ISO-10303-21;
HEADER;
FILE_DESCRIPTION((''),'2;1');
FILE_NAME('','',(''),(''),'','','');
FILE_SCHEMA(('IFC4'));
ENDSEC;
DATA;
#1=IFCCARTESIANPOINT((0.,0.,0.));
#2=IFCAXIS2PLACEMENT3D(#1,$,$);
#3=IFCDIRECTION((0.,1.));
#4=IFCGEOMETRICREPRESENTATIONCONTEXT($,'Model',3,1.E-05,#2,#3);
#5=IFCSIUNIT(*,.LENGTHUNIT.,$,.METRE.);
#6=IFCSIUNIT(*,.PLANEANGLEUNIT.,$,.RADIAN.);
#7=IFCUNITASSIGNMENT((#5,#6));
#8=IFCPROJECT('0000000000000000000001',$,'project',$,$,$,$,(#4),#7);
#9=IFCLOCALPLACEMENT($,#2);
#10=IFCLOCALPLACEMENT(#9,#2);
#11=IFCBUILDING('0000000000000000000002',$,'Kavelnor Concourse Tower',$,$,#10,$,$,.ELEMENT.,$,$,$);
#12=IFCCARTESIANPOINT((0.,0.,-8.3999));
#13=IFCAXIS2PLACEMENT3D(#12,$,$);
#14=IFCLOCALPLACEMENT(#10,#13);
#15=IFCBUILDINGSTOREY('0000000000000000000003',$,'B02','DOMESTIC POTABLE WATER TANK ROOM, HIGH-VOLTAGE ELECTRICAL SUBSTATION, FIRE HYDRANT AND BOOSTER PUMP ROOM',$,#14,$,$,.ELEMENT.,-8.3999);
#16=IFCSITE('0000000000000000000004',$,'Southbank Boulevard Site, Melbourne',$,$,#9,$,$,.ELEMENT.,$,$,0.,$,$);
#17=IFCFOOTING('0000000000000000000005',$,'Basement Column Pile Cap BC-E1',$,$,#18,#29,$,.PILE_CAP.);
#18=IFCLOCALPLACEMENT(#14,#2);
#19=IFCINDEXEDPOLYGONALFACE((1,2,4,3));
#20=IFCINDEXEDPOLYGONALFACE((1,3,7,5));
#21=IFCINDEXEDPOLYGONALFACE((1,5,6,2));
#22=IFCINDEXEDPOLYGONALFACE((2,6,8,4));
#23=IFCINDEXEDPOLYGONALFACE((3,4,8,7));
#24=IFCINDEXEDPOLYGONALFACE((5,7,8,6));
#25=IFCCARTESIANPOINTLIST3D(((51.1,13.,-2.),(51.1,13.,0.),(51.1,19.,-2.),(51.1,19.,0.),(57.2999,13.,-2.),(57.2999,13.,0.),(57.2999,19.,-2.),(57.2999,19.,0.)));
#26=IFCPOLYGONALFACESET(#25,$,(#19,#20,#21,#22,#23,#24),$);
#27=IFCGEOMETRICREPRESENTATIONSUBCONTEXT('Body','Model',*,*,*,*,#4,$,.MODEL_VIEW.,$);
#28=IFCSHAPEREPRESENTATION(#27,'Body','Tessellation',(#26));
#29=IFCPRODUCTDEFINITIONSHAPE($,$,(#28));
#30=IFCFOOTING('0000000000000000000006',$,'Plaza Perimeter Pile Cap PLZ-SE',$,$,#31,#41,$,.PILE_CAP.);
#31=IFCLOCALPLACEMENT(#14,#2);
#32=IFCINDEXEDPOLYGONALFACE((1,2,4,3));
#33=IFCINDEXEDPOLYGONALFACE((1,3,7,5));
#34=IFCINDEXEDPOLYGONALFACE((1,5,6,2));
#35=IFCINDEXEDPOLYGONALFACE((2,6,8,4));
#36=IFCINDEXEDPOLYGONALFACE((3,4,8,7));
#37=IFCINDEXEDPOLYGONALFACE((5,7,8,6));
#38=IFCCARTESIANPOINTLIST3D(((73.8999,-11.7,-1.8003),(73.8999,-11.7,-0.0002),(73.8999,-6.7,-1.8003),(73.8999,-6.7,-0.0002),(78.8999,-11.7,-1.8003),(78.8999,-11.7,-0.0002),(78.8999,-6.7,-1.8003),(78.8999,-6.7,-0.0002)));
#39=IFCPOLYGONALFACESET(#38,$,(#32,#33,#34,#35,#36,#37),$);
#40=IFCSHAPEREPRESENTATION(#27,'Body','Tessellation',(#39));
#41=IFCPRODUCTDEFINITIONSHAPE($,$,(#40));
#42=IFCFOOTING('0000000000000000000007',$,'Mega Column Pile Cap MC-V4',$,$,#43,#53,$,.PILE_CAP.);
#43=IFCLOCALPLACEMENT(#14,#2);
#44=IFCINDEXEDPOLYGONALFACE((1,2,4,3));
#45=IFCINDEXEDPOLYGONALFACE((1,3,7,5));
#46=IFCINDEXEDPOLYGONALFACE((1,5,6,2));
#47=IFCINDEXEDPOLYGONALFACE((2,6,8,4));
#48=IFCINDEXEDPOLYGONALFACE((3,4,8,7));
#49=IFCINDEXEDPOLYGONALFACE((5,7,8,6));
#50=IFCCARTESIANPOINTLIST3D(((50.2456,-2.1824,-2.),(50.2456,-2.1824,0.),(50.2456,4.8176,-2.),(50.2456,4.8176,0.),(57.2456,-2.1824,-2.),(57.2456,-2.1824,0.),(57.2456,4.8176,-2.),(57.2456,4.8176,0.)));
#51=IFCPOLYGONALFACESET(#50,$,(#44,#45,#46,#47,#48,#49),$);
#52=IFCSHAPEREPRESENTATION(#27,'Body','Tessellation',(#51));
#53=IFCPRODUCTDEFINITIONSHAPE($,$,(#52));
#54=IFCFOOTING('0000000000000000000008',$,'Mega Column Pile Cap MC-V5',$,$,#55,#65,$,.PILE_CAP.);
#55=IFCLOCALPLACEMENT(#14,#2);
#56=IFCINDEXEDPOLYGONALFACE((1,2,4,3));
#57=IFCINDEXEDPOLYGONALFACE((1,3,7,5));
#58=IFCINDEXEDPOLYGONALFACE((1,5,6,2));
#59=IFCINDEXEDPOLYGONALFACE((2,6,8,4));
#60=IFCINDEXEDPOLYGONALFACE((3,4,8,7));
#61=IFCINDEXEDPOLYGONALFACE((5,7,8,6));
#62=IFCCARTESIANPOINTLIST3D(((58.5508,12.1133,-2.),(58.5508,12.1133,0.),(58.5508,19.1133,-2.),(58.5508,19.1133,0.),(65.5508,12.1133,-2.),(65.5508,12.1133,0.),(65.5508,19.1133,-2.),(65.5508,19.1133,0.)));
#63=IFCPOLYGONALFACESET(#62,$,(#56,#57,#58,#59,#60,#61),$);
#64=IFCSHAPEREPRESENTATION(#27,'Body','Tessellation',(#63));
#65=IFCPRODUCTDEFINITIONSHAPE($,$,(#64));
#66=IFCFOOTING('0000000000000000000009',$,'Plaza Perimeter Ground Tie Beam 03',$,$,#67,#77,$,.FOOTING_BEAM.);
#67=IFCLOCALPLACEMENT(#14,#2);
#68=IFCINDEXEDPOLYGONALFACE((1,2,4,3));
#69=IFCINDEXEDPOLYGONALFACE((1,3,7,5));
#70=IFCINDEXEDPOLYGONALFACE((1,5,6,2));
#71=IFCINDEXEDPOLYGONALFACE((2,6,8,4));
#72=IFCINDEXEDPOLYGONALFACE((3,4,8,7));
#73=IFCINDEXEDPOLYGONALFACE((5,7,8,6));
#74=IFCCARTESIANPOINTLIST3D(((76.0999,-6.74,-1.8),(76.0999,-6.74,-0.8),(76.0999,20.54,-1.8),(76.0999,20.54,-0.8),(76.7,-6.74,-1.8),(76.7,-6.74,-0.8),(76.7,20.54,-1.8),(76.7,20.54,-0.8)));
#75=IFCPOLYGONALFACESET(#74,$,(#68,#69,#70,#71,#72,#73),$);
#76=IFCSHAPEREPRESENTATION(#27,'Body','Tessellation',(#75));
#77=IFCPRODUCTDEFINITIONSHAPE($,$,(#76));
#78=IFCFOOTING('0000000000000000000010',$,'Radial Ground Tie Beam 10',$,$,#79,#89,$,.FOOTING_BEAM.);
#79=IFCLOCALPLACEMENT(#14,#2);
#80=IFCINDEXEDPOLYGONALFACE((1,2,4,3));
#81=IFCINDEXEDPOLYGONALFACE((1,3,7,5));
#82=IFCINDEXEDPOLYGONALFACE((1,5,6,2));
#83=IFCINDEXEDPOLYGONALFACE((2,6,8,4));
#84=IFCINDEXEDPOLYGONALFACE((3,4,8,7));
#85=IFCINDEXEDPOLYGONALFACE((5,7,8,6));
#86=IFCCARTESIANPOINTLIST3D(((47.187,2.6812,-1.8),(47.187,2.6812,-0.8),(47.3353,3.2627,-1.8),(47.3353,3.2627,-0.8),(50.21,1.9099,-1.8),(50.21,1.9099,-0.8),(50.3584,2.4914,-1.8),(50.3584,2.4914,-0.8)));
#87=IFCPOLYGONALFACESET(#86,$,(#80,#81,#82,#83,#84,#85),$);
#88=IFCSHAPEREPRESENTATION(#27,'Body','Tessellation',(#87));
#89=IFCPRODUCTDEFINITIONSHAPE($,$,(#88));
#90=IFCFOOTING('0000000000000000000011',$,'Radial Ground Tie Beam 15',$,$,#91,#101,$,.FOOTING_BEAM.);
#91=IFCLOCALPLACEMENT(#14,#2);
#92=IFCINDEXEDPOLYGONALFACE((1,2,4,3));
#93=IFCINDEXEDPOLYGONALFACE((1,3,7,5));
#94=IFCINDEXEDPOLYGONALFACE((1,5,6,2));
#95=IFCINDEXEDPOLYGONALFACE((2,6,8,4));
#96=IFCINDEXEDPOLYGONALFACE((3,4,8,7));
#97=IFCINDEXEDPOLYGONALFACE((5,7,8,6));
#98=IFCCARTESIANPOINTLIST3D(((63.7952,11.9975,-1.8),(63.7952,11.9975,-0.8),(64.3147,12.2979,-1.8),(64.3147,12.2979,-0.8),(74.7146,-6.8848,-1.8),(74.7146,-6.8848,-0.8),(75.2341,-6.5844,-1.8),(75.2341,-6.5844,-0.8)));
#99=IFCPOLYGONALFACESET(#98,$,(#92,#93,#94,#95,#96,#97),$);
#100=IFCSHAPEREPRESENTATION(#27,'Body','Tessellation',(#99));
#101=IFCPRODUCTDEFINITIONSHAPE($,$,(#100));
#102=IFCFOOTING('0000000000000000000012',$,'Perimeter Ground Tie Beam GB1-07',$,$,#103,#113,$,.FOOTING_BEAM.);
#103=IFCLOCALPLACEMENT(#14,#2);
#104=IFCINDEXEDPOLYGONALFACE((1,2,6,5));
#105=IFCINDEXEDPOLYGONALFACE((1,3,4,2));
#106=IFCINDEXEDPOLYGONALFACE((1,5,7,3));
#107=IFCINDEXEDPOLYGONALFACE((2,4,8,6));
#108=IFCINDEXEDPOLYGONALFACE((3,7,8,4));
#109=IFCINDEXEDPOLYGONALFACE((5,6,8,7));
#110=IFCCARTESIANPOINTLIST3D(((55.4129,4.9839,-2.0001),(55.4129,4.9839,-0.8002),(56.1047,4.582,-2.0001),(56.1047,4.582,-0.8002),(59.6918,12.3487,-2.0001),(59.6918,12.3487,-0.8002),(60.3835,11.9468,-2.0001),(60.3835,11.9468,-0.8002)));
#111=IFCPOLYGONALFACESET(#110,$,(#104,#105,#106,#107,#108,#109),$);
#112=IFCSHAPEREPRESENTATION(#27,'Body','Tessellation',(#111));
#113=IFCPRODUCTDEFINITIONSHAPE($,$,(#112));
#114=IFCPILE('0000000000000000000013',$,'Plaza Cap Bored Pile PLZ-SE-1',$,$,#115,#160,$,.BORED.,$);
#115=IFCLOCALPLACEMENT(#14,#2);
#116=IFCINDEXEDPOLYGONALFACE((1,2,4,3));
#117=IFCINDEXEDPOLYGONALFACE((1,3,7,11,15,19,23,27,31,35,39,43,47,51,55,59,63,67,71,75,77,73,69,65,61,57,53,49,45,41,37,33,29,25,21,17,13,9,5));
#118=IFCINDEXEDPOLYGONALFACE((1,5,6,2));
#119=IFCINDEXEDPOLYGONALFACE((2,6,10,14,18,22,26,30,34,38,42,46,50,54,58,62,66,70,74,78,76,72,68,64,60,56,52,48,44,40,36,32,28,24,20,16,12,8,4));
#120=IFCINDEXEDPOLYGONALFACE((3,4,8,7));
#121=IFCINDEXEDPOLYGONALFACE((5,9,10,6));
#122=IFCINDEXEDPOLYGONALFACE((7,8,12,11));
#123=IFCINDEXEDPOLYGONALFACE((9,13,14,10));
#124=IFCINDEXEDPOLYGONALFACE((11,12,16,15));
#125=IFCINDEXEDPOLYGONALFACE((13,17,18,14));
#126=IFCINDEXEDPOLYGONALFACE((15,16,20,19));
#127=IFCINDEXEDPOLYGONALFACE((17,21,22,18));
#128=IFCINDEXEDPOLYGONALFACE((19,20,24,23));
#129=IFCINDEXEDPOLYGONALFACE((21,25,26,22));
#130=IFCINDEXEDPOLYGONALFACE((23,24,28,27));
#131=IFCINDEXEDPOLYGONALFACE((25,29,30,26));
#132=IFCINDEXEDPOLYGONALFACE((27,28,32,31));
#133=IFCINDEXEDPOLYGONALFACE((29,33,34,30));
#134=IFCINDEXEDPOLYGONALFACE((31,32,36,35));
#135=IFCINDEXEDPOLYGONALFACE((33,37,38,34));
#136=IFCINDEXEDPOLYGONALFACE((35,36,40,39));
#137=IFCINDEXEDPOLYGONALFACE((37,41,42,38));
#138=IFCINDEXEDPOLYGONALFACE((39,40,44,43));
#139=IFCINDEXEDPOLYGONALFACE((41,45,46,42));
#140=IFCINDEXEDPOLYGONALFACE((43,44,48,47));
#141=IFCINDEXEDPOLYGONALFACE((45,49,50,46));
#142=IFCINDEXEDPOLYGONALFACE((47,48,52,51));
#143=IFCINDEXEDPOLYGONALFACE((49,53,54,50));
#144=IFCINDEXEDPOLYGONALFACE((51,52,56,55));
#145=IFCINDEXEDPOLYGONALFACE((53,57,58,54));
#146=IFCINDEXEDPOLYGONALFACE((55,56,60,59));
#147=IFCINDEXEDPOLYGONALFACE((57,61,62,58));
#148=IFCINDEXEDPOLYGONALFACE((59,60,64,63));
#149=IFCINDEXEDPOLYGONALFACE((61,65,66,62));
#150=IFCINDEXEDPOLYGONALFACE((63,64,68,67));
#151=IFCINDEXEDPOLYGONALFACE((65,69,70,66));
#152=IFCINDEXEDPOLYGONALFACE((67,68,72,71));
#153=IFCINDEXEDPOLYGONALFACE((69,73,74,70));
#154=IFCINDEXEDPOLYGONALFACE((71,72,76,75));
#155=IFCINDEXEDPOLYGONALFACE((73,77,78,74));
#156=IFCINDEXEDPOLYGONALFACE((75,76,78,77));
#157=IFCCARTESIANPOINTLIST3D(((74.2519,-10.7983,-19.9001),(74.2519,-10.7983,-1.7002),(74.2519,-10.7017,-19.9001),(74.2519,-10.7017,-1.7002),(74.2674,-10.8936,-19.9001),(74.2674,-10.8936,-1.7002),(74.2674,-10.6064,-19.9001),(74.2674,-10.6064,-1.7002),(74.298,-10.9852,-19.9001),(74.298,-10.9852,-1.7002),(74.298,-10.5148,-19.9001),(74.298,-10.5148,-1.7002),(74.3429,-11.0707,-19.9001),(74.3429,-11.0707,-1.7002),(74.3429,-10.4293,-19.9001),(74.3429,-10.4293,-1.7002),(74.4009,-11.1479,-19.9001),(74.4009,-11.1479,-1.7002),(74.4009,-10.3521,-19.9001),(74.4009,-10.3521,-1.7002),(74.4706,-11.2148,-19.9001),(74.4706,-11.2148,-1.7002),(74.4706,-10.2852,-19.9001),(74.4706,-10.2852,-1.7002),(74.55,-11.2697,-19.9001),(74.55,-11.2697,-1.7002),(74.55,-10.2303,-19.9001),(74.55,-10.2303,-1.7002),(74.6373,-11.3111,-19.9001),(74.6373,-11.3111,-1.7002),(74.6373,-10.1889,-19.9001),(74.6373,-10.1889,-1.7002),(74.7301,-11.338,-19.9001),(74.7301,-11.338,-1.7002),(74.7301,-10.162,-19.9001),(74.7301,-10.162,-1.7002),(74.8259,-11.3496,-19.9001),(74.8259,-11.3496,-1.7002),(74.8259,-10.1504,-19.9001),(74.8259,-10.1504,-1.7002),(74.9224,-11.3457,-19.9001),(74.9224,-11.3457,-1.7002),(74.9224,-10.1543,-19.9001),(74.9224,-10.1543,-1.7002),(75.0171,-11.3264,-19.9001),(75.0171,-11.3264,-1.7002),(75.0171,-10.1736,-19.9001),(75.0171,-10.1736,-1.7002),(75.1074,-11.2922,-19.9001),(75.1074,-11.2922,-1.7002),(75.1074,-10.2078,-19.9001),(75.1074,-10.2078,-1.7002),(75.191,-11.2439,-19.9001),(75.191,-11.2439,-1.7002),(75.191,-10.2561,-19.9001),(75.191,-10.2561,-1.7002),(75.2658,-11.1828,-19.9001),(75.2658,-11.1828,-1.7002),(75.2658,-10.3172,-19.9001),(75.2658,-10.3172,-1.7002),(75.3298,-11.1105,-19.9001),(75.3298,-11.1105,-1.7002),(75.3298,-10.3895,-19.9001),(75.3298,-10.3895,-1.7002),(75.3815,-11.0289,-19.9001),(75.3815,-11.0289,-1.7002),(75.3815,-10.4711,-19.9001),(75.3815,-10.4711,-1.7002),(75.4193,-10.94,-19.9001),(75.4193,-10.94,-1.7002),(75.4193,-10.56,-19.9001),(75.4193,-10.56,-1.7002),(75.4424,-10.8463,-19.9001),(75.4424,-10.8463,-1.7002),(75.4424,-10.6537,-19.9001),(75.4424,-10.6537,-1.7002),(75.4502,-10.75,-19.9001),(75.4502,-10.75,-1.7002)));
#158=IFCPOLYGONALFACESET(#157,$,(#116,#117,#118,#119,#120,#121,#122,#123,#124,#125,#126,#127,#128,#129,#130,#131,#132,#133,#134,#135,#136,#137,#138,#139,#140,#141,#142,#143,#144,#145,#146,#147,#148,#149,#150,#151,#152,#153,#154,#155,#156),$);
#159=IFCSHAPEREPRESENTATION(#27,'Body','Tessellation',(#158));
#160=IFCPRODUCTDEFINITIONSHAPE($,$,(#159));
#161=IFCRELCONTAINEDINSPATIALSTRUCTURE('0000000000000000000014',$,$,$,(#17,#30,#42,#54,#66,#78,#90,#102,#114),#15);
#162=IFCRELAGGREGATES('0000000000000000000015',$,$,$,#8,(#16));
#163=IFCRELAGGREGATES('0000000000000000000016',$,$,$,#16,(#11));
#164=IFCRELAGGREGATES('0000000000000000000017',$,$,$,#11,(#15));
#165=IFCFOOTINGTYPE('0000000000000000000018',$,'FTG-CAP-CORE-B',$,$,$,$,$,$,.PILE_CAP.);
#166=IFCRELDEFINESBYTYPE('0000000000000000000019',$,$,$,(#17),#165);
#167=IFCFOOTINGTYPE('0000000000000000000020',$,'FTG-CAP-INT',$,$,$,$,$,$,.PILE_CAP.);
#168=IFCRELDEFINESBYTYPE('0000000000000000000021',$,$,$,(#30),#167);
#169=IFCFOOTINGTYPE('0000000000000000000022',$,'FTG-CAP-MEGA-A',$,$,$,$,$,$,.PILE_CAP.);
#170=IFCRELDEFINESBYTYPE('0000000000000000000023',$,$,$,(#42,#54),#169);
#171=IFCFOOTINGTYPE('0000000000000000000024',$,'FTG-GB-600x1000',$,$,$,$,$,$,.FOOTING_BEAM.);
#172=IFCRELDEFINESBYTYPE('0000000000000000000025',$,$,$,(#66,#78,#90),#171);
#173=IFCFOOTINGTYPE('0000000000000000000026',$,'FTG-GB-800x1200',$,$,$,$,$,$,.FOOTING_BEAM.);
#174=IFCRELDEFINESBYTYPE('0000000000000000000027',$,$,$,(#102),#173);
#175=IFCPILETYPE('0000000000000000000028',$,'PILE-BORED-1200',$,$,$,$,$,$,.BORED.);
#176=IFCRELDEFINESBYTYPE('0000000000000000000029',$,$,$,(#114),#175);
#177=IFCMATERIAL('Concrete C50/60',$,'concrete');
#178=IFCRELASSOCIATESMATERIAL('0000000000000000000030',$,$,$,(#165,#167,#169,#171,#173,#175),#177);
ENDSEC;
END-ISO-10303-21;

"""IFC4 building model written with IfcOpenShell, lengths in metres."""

from ifc_helpers import new_model, si_unit, direction, frame, origin, origin_2d, place, context, subcontext, project, spatial, rectangle, circle, extrude, material, material_profile, profile_set, type_object, element, save


model = new_model("IFC4")

# Units and contexts
model_context = context("Model", 3, precision=1e-05, world=origin(), true_north=direction((0.0, 1.0)))
body_context = subcontext(model_context, "Body", "Model", "MODEL_VIEW")
ifc_project = project(units=[si_unit("LENGTHUNIT", "METRE"), si_unit("PLANEANGLEUNIT", "RADIAN")], contexts=[model_context])

# Site, building, storey
site_placement = place(None, origin())
site = spatial("IfcSite", under=ifc_project, at=site_placement, Name="Southbank Boulevard Site, Melbourne", CompositionType="ELEMENT", RefElevation=0.0)
building_placement = place(site_placement, origin())
building = spatial("IfcBuilding", under=site, at=building_placement, Name="Kavelnor Concourse Tower", CompositionType="ELEMENT")
storey_placement = place(building_placement, frame((0.0, 0.0, -8.3999)))
storey = spatial("IfcBuildingStorey", under=building, at=storey_placement, Name="B02", Description="DOMESTIC POTABLE WATER TANK ROOM, HIGH-VOLTAGE ELECTRICAL SUBSTATION, FIRE HYDRANT AND BOOSTER PUMP ROOM", CompositionType="ELEMENT", Elevation=-8.3999)

# Footings
ifc_material_1 = material(Name="Concrete C50/60", Category="concrete")
footing_type_1 = type_object("IfcFootingType", Name="FTG-CAP-CORE-B", PredefinedType="PILE_CAP", material=ifc_material_1)
footing_1_placement = place(storey_placement, frame((54.2, 16.0, -2.0), z_axis=(0.0, 0.0, 1.0), x_axis=(1.0, 0.0, 0.0)))
element("IfcFooting", 1, at=footing_1_placement, inside=storey, type_object=footing_type_1, Name="Basement Column Pile Cap BC-E1", PredefinedType="PILE_CAP", context=body_context, shape_type="SweptSolid", body=[
    extrude(rectangle(XDim=6.2, YDim=6.0, at=origin_2d()), origin(), (0.0, 0.0, 1.0), 2.0),
])
footing_type_2 = type_object("IfcFootingType", Name="FTG-CAP-INT", PredefinedType="PILE_CAP", material=ifc_material_1)
footing_2_placement = place(storey_placement, frame((76.3999, -9.2, -1.8003), z_axis=(0.0, 0.0, 1.0), x_axis=(1.0, 0.0, 0.0)))
element("IfcFooting", 2, at=footing_2_placement, inside=storey, type_object=footing_type_2, Name="Plaza Perimeter Pile Cap PLZ-SE", PredefinedType="PILE_CAP", context=body_context, shape_type="SweptSolid", body=[
    extrude(rectangle(XDim=5.0, YDim=5.0, at=origin_2d()), origin(), (0.0, 0.0, 1.0), 1.8),
])
footing_type_3 = type_object("IfcFootingType", Name="FTG-CAP-MEGA-A", PredefinedType="PILE_CAP", material=ifc_material_1)
for number, where, z_axis, x_axis, name in (
    (3, (53.7456, 1.3176, -2.0), (0.0, 0.0, 1.0), (1.0, 0.0, 0.0), "Mega Column Pile Cap MC-V4"),
    (4, (62.0508, 15.6133, -2.0), (0.0, 0.0, 1.0), (1.0, 0.0, 0.0), "Mega Column Pile Cap MC-V5"),
):
    element("IfcFooting", number, at=place(storey_placement, frame(where, z_axis=z_axis, x_axis=x_axis)), inside=storey, type_object=footing_type_3, Name=name, PredefinedType="PILE_CAP", context=body_context, shape_type="SweptSolid", body=[
        extrude(rectangle(XDim=7.0, YDim=7.0, at=origin_2d()), origin(), (0.0, 0.0, 1.0), 2.0),
    ])
ifc_material_profile_1 = material_profile(ifc_material_1, rectangle(XDim=0.6001, YDim=1.0, at=origin_2d()), Name="RC-GB 600x1000")
ifc_profile_set_1 = profile_set([ifc_material_profile_1], Name="Concrete C50/60")
footing_type_4 = type_object("IfcFootingType", Name="FTG-GB-600x1000", PredefinedType="FOOTING_BEAM", material=ifc_profile_set_1)
footing_3_placement = place(storey_placement, frame((76.3999, -6.74, -1.3), z_axis=(0.0, 1.0, 0.0), x_axis=(-1.0, 0.0, 0.0)))
element("IfcFooting", 5, at=footing_3_placement, inside=storey, type_object=footing_type_4, Name="Plaza Perimeter Ground Tie Beam 03", PredefinedType="FOOTING_BEAM", context=body_context, shape_type="SweptSolid", body=[
    extrude(rectangle(XDim=0.6001, YDim=1.0, at=origin_2d()), origin(), (0.0, 0.0, 1.0), 27.28),
])
footing_4_placement = place(storey_placement, frame((50.2842, 2.2007, -1.3), z_axis=(-0.968962, 0.24721, 0.0), x_axis=(-0.24721, -0.968962, 0.0)))
element("IfcFooting", 6, at=footing_4_placement, inside=storey, type_object=footing_type_4, Name="Radial Ground Tie Beam 10", PredefinedType="FOOTING_BEAM", context=body_context, shape_type="SweptSolid", body=[
    extrude(rectangle(XDim=0.6001, YDim=1.0, at=origin_2d()), origin(), (0.0, 0.0, 1.0), 3.1199),
])
footing_5_placement = place(storey_placement, frame((74.9744, -6.7346, -1.3), z_axis=(-0.500609, 0.865673, 0.0), x_axis=(-0.865673, -0.500609, 0.0)))
element("IfcFooting", 7, at=footing_5_placement, inside=storey, type_object=footing_type_4, Name="Radial Ground Tie Beam 15", PredefinedType="FOOTING_BEAM", context=body_context, shape_type="SweptSolid", body=[
    extrude(rectangle(XDim=0.6001, YDim=1.0, at=origin_2d()), origin(), (0.0, 0.0, 1.0), 21.8123),
])
ifc_material_profile_2 = material_profile(ifc_material_1, rectangle(XDim=0.8, YDim=1.2, at=origin_2d()), Name="RC-GB 800x1200")
ifc_profile_set_2 = profile_set([ifc_material_profile_2], Name="Concrete C50/60")
footing_type_5 = type_object("IfcFootingType", Name="FTG-GB-800x1200", PredefinedType="FOOTING_BEAM", material=ifc_profile_set_2)
footing_6_placement = place(storey_placement, frame((55.7588, 4.783, -1.4001), z_axis=(0.502355, 0.864661, 0.0), x_axis=(-0.864661, 0.502355, 0.0)))
element("IfcFooting", 8, at=footing_6_placement, inside=storey, type_object=footing_type_5, Name="Perimeter Ground Tie Beam GB1-07", PredefinedType="FOOTING_BEAM", context=body_context, shape_type="SweptSolid", body=[
    extrude(rectangle(XDim=0.8, YDim=1.2, at=origin_2d()), origin(), (0.0, 0.0, 1.0), 8.5176),
])

# Pile
ifc_material_profile_3 = material_profile(ifc_material_1, circle(Radius=0.6001, at=origin_2d()), Name="PILE-D1200")
ifc_profile_set_3 = profile_set([ifc_material_profile_3], Name="Concrete C50/60")
pile_type_1 = type_object("IfcPileType", Name="PILE-BORED-1200", PredefinedType="BORED", material=ifc_profile_set_3)
for number, where, z_axis, x_axis, name in (
    (9, (74.8501, -10.75, -1.7002), (0.0, 0.0, -1.0), (1.0, 0.0, 0.0), "Plaza Cap Bored Pile PLZ-SE-1"),
):
    element("IfcPile", number, at=place(storey_placement, frame(where, z_axis=z_axis, x_axis=x_axis)), inside=storey, type_object=pile_type_1, Name=name, PredefinedType="BORED", context=body_context, shape_type="SweptSolid", body=[
        extrude(circle(Radius=0.6001, at=origin_2d()), origin(), (0.0, 0.0, 1.0), 18.2),
    ])

save(model, "model.ifc")
